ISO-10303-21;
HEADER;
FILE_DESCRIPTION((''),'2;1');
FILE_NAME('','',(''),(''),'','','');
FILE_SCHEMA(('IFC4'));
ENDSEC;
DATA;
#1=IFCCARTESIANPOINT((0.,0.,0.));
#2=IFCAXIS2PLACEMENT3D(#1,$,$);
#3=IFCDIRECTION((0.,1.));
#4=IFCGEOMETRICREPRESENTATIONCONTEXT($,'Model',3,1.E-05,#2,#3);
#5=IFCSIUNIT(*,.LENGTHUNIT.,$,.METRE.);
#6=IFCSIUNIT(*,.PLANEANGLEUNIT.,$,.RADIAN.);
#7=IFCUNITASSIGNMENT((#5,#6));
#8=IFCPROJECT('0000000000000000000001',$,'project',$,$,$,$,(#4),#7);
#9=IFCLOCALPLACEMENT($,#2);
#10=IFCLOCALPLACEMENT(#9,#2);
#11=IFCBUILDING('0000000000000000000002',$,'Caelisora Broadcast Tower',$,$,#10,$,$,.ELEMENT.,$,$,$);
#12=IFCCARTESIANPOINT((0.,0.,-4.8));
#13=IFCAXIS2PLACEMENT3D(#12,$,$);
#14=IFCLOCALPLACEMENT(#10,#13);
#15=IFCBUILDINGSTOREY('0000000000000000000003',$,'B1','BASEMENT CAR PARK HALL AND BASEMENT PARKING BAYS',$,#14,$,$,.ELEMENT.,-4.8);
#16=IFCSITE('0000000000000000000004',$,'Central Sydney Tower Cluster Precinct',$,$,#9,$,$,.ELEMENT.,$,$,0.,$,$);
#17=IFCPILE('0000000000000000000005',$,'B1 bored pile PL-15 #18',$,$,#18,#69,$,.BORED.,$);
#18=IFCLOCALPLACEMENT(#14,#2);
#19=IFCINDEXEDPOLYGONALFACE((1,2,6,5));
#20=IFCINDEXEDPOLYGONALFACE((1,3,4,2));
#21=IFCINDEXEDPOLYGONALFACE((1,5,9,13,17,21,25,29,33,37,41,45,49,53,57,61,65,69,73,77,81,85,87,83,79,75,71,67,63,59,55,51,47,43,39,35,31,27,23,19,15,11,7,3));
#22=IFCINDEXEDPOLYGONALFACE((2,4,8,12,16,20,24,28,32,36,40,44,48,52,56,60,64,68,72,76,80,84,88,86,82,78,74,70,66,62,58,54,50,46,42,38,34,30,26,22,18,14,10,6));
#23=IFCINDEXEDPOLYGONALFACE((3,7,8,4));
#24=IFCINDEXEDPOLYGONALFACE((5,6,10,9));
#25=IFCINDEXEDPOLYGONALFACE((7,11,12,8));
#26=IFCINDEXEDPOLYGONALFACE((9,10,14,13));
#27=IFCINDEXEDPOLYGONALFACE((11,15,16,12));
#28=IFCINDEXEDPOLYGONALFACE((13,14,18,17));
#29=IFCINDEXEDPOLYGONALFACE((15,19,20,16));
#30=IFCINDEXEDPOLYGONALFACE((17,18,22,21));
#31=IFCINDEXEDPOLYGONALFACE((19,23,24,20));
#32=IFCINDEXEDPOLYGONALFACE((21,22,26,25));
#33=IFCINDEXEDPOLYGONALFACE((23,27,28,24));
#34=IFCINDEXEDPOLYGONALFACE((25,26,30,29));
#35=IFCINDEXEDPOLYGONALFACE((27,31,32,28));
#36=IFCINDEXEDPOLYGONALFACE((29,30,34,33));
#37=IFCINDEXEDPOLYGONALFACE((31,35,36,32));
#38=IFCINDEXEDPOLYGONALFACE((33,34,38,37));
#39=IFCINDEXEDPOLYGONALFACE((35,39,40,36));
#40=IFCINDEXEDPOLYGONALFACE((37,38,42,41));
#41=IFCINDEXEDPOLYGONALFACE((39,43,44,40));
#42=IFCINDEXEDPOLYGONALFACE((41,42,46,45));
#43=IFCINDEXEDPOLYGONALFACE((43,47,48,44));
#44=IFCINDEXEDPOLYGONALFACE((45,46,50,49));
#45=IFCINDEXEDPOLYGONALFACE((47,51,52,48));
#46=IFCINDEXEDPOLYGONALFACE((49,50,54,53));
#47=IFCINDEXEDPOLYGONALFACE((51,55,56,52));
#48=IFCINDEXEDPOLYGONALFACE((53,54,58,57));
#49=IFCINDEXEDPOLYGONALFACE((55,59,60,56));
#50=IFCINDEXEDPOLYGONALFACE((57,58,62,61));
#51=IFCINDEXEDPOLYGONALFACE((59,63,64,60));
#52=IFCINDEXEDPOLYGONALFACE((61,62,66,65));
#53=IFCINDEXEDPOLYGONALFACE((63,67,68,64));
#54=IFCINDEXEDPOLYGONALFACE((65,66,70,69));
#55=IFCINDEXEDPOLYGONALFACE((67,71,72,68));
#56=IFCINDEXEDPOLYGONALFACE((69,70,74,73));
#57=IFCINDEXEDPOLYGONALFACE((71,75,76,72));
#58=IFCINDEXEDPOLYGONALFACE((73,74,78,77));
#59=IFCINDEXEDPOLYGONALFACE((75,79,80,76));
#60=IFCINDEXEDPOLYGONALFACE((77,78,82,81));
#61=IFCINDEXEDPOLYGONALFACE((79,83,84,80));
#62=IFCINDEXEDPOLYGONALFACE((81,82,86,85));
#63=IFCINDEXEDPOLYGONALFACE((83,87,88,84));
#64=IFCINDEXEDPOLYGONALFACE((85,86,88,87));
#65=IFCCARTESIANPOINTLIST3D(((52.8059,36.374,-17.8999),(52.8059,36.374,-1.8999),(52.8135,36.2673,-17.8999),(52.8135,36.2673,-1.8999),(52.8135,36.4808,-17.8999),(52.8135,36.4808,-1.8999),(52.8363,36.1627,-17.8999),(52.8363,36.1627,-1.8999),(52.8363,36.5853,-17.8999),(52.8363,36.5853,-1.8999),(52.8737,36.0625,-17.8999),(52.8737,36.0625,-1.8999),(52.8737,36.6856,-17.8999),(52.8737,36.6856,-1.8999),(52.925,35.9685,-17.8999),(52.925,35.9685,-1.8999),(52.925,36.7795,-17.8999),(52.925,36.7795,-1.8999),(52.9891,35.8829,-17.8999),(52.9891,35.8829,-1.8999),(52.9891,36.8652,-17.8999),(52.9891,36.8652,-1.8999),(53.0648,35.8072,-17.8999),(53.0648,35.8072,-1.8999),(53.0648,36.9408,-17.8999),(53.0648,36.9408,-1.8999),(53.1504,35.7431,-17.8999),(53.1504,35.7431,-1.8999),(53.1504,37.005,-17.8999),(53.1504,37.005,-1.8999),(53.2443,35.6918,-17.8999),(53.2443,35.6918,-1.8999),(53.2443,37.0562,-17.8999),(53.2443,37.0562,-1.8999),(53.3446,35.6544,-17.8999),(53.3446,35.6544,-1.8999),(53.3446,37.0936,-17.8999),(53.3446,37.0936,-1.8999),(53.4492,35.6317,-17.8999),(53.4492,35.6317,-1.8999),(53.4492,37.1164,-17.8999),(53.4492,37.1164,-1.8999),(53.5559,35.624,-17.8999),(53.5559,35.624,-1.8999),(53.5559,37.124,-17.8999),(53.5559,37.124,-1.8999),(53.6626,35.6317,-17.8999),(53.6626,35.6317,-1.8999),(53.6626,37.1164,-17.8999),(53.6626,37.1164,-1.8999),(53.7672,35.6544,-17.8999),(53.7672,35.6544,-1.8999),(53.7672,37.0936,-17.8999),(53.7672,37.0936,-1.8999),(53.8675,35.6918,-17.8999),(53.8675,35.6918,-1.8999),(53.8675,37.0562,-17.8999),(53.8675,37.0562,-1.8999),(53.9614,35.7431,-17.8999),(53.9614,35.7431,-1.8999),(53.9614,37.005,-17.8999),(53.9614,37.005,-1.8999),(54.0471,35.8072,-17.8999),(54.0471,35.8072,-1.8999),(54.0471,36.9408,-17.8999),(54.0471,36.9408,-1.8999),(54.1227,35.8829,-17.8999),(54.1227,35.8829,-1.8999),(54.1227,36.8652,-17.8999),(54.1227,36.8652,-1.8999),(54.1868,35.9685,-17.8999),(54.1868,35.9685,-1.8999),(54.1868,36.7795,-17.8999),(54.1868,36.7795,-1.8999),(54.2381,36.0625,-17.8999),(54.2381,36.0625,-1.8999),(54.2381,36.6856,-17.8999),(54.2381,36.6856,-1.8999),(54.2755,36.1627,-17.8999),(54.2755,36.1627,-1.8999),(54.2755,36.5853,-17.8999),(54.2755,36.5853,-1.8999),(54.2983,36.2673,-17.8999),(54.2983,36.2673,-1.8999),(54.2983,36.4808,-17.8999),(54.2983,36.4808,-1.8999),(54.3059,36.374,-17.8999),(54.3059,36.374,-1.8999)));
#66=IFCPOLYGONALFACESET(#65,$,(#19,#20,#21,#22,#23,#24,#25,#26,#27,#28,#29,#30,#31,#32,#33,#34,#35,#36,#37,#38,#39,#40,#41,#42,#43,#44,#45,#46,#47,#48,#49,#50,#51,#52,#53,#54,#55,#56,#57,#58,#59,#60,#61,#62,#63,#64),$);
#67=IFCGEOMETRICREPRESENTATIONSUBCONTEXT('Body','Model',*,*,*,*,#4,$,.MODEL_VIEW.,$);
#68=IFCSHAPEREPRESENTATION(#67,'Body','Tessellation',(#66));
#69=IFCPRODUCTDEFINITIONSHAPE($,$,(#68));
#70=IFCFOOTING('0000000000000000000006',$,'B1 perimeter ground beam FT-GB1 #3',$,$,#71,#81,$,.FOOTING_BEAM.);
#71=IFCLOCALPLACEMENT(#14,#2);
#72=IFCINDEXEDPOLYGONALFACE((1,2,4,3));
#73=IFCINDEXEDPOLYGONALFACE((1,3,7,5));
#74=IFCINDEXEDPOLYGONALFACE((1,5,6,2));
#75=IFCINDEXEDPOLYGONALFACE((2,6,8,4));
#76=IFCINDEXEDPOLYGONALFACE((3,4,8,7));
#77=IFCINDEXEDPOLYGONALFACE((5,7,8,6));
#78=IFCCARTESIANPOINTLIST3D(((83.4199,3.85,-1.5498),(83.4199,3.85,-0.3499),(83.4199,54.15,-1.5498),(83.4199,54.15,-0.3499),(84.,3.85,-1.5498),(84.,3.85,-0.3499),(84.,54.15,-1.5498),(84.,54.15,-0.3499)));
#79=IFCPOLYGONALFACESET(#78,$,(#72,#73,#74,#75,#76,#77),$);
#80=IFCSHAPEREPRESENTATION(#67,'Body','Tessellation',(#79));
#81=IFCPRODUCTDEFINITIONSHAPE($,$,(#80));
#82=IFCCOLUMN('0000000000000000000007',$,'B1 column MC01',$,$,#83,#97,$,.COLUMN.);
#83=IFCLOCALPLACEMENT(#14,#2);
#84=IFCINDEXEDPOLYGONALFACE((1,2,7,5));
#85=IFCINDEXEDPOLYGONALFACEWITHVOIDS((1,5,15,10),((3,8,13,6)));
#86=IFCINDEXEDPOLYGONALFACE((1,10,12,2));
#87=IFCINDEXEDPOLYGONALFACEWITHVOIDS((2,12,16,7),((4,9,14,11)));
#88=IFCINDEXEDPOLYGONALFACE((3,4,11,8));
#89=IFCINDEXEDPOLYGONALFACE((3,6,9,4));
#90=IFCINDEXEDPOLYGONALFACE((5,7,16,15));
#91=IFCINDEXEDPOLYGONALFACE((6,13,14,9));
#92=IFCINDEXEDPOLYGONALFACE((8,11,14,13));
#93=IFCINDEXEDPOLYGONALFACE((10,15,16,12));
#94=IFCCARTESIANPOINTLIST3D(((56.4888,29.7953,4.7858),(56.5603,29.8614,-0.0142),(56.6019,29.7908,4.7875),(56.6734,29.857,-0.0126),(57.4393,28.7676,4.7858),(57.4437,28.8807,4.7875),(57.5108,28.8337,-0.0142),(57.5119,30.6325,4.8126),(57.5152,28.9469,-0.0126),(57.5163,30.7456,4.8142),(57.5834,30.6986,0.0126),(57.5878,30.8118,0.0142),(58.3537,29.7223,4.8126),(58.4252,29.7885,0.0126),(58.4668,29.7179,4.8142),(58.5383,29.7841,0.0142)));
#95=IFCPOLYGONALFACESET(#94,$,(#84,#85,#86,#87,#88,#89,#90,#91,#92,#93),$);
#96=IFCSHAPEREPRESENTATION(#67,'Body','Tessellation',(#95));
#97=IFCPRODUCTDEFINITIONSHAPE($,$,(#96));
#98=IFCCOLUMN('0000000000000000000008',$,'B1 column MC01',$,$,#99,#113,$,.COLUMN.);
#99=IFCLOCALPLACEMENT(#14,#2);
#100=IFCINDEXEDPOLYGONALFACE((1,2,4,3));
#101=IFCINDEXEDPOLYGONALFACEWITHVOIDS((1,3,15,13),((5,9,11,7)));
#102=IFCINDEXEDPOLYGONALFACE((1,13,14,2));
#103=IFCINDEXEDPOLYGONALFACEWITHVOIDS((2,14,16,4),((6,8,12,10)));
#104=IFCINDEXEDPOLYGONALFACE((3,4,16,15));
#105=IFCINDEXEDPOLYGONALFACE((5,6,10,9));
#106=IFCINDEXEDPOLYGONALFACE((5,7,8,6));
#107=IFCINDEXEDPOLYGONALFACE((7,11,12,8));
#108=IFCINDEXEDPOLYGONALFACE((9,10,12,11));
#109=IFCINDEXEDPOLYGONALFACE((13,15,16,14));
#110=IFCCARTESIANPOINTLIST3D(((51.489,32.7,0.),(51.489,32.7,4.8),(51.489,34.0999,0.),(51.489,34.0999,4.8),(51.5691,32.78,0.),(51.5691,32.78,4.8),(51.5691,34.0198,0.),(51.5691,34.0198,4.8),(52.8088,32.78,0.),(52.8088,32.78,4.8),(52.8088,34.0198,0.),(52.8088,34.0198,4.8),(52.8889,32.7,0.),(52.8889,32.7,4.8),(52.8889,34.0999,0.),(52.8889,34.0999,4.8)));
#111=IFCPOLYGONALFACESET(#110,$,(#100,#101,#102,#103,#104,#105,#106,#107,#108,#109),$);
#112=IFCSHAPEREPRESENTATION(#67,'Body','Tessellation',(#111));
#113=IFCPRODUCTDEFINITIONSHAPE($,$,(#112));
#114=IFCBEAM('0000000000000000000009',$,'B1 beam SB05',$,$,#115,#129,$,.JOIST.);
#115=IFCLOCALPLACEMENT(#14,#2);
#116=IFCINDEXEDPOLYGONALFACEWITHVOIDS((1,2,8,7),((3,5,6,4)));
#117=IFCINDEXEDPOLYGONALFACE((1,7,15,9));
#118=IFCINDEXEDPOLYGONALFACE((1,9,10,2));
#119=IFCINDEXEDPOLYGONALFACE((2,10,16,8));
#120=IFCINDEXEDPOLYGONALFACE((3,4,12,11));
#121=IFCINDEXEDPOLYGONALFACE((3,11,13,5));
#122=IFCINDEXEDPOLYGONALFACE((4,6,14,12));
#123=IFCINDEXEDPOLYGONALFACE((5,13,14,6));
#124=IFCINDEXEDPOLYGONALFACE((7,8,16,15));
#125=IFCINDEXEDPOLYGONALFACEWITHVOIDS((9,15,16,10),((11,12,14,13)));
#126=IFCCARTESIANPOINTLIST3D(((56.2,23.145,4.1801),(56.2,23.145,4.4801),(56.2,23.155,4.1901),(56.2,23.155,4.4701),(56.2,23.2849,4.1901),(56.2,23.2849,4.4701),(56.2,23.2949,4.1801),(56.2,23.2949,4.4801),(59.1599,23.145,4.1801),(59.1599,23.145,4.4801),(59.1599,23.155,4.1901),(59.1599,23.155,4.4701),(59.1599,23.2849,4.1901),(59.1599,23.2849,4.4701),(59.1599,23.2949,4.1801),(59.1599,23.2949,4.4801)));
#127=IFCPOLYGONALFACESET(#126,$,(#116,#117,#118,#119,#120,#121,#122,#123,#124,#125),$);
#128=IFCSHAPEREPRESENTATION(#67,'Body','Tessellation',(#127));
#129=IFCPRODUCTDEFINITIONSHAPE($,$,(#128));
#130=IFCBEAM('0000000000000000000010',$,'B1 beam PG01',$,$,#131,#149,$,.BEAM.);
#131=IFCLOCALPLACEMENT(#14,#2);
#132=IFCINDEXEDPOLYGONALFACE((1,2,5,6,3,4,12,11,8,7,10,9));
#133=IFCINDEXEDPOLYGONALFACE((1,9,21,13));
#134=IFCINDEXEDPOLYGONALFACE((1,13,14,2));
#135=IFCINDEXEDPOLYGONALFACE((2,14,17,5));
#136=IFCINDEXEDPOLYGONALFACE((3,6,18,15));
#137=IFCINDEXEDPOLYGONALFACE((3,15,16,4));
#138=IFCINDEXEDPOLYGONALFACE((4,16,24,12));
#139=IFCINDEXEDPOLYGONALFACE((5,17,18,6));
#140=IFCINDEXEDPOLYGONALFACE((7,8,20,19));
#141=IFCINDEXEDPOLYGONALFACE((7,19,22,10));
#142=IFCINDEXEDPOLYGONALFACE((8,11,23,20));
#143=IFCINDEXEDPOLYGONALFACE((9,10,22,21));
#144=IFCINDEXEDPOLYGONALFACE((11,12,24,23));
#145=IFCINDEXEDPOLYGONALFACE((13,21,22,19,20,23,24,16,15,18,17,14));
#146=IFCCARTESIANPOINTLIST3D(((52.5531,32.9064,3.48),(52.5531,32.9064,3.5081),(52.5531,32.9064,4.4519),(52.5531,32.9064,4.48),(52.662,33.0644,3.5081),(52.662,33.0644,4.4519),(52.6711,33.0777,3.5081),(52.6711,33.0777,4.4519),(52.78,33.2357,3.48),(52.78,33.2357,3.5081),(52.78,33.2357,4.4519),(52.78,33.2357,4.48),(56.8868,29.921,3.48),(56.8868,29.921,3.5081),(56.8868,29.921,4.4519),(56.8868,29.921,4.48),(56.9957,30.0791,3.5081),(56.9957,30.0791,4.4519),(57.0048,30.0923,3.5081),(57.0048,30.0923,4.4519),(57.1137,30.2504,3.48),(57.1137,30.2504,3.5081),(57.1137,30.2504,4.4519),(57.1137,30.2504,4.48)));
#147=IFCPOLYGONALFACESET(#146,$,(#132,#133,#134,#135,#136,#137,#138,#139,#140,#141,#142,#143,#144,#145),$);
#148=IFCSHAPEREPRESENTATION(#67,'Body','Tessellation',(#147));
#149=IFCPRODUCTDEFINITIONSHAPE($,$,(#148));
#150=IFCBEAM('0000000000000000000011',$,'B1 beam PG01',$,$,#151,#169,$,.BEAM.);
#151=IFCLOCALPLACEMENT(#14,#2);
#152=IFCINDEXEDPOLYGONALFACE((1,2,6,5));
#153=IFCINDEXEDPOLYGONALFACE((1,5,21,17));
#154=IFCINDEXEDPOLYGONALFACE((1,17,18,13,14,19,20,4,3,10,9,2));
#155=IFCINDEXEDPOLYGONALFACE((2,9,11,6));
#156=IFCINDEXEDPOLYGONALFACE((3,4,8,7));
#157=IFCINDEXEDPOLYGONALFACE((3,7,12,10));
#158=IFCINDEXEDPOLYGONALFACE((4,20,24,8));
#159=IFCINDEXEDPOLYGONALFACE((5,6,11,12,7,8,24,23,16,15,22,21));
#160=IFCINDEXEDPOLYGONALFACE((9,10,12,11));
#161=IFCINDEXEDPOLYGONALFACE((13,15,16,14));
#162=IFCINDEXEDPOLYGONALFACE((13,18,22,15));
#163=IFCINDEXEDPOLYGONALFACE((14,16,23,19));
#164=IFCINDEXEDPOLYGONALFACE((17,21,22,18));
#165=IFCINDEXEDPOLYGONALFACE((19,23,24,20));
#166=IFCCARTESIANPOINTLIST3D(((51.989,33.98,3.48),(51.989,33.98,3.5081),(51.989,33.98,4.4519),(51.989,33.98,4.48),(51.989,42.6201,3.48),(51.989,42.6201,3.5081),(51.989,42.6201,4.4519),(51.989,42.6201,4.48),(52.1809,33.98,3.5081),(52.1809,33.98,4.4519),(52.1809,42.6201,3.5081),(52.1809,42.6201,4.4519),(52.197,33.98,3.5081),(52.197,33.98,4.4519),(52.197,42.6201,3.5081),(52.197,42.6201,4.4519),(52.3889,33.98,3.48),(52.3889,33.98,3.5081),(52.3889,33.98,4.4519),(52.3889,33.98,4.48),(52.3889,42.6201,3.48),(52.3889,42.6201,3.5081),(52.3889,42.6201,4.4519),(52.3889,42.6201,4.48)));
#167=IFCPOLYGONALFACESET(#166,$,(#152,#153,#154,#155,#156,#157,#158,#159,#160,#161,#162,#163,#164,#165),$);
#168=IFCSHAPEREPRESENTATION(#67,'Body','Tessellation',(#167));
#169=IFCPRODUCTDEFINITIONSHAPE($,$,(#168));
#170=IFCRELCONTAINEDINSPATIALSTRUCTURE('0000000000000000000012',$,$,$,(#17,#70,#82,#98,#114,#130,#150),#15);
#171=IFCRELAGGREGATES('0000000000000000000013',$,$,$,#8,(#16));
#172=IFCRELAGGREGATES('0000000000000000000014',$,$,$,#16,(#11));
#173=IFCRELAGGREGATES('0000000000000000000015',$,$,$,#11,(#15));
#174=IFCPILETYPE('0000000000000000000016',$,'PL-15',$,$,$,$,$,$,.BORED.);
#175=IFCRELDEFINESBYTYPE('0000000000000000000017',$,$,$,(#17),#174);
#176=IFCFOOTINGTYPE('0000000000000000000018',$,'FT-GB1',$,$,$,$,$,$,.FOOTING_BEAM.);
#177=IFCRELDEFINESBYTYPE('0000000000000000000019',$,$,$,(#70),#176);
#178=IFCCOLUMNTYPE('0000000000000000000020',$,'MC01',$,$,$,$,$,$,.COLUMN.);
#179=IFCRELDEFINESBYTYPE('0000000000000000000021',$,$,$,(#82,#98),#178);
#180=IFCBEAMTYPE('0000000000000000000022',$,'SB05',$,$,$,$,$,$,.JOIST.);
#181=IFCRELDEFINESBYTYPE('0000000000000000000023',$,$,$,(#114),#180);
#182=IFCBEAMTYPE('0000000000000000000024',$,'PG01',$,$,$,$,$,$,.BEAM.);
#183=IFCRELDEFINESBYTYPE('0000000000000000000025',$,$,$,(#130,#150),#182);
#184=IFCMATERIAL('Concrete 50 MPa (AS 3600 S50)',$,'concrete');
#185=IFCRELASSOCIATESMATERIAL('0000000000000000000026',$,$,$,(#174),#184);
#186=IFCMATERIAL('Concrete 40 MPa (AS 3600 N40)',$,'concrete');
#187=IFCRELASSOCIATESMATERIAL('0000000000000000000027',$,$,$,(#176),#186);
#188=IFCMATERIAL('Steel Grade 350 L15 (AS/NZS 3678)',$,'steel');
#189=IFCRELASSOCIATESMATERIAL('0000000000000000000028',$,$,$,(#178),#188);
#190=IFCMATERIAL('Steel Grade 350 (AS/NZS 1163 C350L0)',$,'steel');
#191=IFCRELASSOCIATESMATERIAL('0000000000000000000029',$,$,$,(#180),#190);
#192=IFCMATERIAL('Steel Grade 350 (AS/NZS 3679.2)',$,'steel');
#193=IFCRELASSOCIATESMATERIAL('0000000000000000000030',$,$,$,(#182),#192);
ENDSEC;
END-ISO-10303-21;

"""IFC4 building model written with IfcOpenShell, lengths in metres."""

from ifc_helpers import new_model, si_unit, direction, frame, origin, origin_2d, place, context, subcontext, project, spatial, rectangle, hollow_rectangle, circle, i_section, extrude, source, transform, mapped, material, material_profile, profile_set, type_object, type_shapes, element, save


model = new_model("IFC4")

# Units and contexts
model_context = context("Model", 3, precision=1e-05, world=origin(), true_north=direction((0.0, 1.0)))
body_context = subcontext(model_context, "Body", "Model", "MODEL_VIEW")
ifc_project = project(units=[si_unit("LENGTHUNIT", "METRE"), si_unit("PLANEANGLEUNIT", "RADIAN")], contexts=[model_context])

# Site, building, storey
site_placement = place(None, origin())
site = spatial("IfcSite", under=ifc_project, at=site_placement, Name="Central Sydney Tower Cluster Precinct", CompositionType="ELEMENT", RefElevation=0.0)
building_placement = place(site_placement, origin())
building = spatial("IfcBuilding", under=site, at=building_placement, Name="Caelisora Broadcast Tower", CompositionType="ELEMENT")
storey_placement = place(building_placement, frame((0.0, 0.0, -4.8)))
storey = spatial("IfcBuildingStorey", under=building, at=storey_placement, Name="B1", Description="BASEMENT CAR PARK HALL AND BASEMENT PARKING BAYS", CompositionType="ELEMENT", Elevation=-4.8)

# Pile
ifc_material_1 = material(Name="Concrete 50 MPa (AS 3600 S50)", Category="concrete")
ifc_material_profile_1 = material_profile(ifc_material_1, circle(Radius=0.75, at=origin_2d()), Name="Concrete 50 MPa (AS 3600 S50)")
ifc_profile_set_1 = profile_set([ifc_material_profile_1], Name="Concrete 50 MPa (AS 3600 S50)")
pile_type_1 = type_object("IfcPileType", Name="PL-15", PredefinedType="BORED", material=ifc_profile_set_1)
for number, where, z_axis, x_axis, name in (
    (1, (53.5559, 36.374, -1.8999), (0.0, 0.0, -1.0), (1.0, 0.0, 0.0), "B1 bored pile PL-15 #18"),
):
    element("IfcPile", number, at=place(storey_placement, frame(where, z_axis=z_axis, x_axis=x_axis)), inside=storey, type_object=pile_type_1, Name=name, PredefinedType="BORED", context=body_context, shape_type="SweptSolid", body=[
        extrude(circle(Radius=0.75, at=origin_2d()), origin(), (0.0, 0.0, 1.0), 16.0),
    ])

# Footing
ifc_material_2 = material(Name="Concrete 40 MPa (AS 3600 N40)", Category="concrete")
footing_type = type_object("IfcFootingType", Name="FT-GB1", PredefinedType="FOOTING_BEAM", material=ifc_material_2)
shared_shape_1 = source(origin(), body_context, "Body", "SweptSolid", [
    extrude(rectangle(XDim=50.3, YDim=0.5801, at=origin_2d()), origin(), (0.0, 0.0, 1.0), 1.2),
])
type_shapes(footing_type, [shared_shape_1])
footing_placement = place(storey_placement, frame((83.71, 29.0, -1.5498), z_axis=(0.0, 0.0, 1.0), x_axis=(0.0, 1.0, 0.0)))
element("IfcFooting", 2, at=footing_placement, inside=storey, type_object=footing_type, Name="B1 perimeter ground beam FT-GB1 #3", PredefinedType="FOOTING_BEAM", context=body_context, shape_type="MappedRepresentation", body=[
    mapped(shared_shape_1, transform((0.0, 0.0, 0.0), scale=1.0)),
])

# Columns
ifc_material_3 = material(Name="Steel Grade 350 L15 (AS/NZS 3678)", Category="steel")
ifc_material_profile_2 = material_profile(ifc_material_3, hollow_rectangle(XDim=1.3999, YDim=1.3999, WallThickness=0.0801, at=origin_2d()), Name="Steel Grade 350 L15 (AS/NZS 3678)")
ifc_profile_set_2 = profile_set([ifc_material_profile_2], Name="Steel Grade 350 L15 (AS/NZS 3678)")
column_type = type_object("IfcColumnType", Name="MC01", PredefinedType="COLUMN", material=ifc_profile_set_2)
shared_shape_2 = source(origin(), body_context, "Body", "SweptSolid", [
    extrude(hollow_rectangle(XDim=1.3999, YDim=1.3999, WallThickness=0.0801, at=origin_2d()), origin(), (0.0, 0.0, 1.0), 4.801),
])
column_1_placement = place(storey_placement, frame((57.5493, 29.8228, 0.0), z_axis=(-0.0149, -0.013781, 0.999794), x_axis=(0.679008, -0.734131, 0.0)))
element("IfcColumn", 3, at=column_1_placement, inside=storey, type_object=column_type, Name="B1 column MC01", PredefinedType="COLUMN", context=body_context, shape_type="MappedRepresentation", body=[
    mapped(shared_shape_2, transform((0.0, 0.0, 0.0), scale=1.0)),
])
shared_shape_3 = source(origin(), body_context, "Body", "SweptSolid", [
    extrude(hollow_rectangle(XDim=1.3999, YDim=1.3999, WallThickness=0.0801, at=origin_2d()), origin(), (0.0, 0.0, 1.0), 4.8),
])
type_shapes(column_type, [shared_shape_2, shared_shape_3])
column_2_placement = place(storey_placement, frame((52.189, 33.3999, 0.0), z_axis=(0.0, 0.0, 1.0), x_axis=(1.0, 0.0, 0.0)))
element("IfcColumn", 4, at=column_2_placement, inside=storey, type_object=column_type, Name="B1 column MC01", PredefinedType="COLUMN", context=body_context, shape_type="MappedRepresentation", body=[
    mapped(shared_shape_3, transform((0.0, 0.0, 0.0), scale=1.0)),
])

# Beams
ifc_material_4 = material(Name="Steel Grade 350 (AS/NZS 1163 C350L0)", Category="steel")
ifc_material_profile_3 = material_profile(ifc_material_4, hollow_rectangle(XDim=0.1499, YDim=0.3, WallThickness=0.01, at=origin_2d()), Name="Steel Grade 350 (AS/NZS 1163 C350L0)")
ifc_profile_set_3 = profile_set([ifc_material_profile_3], Name="Steel Grade 350 (AS/NZS 1163 C350L0)")
beam_type_1 = type_object("IfcBeamType", Name="SB05", PredefinedType="JOIST", material=ifc_profile_set_3)
shared_shape_4 = source(origin(), body_context, "Body", "SweptSolid", [
    extrude(hollow_rectangle(XDim=0.1499, YDim=0.3, WallThickness=0.01, at=origin_2d()), origin(), (0.0, 0.0, 1.0), 2.96),
])
type_shapes(beam_type_1, [shared_shape_4])
beam_1_placement = place(storey_placement, frame((56.2, 23.22, 4.3301), z_axis=(1.0, 0.0, 0.0), x_axis=(0.0, 1.0, 0.0)))
element("IfcBeam", 5, at=beam_1_placement, inside=storey, type_object=beam_type_1, Name="B1 beam SB05", PredefinedType="JOIST", context=body_context, shape_type="MappedRepresentation", body=[
    mapped(shared_shape_4, transform((0.0, 0.0, 0.0), scale=1.0)),
])
ifc_material_5 = material(Name="Steel Grade 350 (AS/NZS 3679.2)", Category="steel")
ifc_material_profile_4 = material_profile(ifc_material_5, i_section(OverallWidth=0.3999, OverallDepth=1.0, WebThickness=0.0161, FlangeThickness=0.0281, at=origin_2d()), Name="Steel Grade 350 (AS/NZS 3679.2)")
ifc_profile_set_4 = profile_set([ifc_material_profile_4], Name="Steel Grade 350 (AS/NZS 3679.2)")
beam_type_2 = type_object("IfcBeamType", Name="PG01", PredefinedType="BEAM", material=ifc_profile_set_4)
shared_shape_5 = source(origin(), body_context, "Body", "SweptSolid", [
    extrude(i_section(OverallWidth=0.3999, OverallDepth=1.0, WebThickness=0.0161, FlangeThickness=0.0281, at=origin_2d()), origin(), (0.0, 0.0, 1.0), 5.2625),
])
beam_2_placement = place(storey_placement, frame((57.0002, 30.0857, 3.98), z_axis=(-0.823518, 0.567291, 0.0), x_axis=(-0.567291, -0.823518, 0.0)))
element("IfcBeam", 6, at=beam_2_placement, inside=storey, type_object=beam_type_2, Name="B1 beam PG01", PredefinedType="BEAM", context=body_context, shape_type="MappedRepresentation", body=[
    mapped(shared_shape_5, transform((0.0, 0.0, 0.0), scale=1.0)),
])
shared_shape_6 = source(origin(), body_context, "Body", "SweptSolid", [
    extrude(i_section(OverallWidth=0.3999, OverallDepth=1.0, WebThickness=0.0161, FlangeThickness=0.0281, at=origin_2d()), origin(), (0.0, 0.0, 1.0), 8.6401),
])
type_shapes(beam_type_2, [shared_shape_5, shared_shape_6])
beam_3_placement = place(storey_placement, frame((52.189, 33.98, 3.98), z_axis=(0.0, 1.0, 0.0), x_axis=(-1.0, 0.0, 0.0)))
element("IfcBeam", 7, at=beam_3_placement, inside=storey, type_object=beam_type_2, Name="B1 beam PG01", PredefinedType="BEAM", context=body_context, shape_type="MappedRepresentation", body=[
    mapped(shared_shape_6, transform((0.0, 0.0, 0.0), scale=1.0)),
])

save(model, "model.ifc")
